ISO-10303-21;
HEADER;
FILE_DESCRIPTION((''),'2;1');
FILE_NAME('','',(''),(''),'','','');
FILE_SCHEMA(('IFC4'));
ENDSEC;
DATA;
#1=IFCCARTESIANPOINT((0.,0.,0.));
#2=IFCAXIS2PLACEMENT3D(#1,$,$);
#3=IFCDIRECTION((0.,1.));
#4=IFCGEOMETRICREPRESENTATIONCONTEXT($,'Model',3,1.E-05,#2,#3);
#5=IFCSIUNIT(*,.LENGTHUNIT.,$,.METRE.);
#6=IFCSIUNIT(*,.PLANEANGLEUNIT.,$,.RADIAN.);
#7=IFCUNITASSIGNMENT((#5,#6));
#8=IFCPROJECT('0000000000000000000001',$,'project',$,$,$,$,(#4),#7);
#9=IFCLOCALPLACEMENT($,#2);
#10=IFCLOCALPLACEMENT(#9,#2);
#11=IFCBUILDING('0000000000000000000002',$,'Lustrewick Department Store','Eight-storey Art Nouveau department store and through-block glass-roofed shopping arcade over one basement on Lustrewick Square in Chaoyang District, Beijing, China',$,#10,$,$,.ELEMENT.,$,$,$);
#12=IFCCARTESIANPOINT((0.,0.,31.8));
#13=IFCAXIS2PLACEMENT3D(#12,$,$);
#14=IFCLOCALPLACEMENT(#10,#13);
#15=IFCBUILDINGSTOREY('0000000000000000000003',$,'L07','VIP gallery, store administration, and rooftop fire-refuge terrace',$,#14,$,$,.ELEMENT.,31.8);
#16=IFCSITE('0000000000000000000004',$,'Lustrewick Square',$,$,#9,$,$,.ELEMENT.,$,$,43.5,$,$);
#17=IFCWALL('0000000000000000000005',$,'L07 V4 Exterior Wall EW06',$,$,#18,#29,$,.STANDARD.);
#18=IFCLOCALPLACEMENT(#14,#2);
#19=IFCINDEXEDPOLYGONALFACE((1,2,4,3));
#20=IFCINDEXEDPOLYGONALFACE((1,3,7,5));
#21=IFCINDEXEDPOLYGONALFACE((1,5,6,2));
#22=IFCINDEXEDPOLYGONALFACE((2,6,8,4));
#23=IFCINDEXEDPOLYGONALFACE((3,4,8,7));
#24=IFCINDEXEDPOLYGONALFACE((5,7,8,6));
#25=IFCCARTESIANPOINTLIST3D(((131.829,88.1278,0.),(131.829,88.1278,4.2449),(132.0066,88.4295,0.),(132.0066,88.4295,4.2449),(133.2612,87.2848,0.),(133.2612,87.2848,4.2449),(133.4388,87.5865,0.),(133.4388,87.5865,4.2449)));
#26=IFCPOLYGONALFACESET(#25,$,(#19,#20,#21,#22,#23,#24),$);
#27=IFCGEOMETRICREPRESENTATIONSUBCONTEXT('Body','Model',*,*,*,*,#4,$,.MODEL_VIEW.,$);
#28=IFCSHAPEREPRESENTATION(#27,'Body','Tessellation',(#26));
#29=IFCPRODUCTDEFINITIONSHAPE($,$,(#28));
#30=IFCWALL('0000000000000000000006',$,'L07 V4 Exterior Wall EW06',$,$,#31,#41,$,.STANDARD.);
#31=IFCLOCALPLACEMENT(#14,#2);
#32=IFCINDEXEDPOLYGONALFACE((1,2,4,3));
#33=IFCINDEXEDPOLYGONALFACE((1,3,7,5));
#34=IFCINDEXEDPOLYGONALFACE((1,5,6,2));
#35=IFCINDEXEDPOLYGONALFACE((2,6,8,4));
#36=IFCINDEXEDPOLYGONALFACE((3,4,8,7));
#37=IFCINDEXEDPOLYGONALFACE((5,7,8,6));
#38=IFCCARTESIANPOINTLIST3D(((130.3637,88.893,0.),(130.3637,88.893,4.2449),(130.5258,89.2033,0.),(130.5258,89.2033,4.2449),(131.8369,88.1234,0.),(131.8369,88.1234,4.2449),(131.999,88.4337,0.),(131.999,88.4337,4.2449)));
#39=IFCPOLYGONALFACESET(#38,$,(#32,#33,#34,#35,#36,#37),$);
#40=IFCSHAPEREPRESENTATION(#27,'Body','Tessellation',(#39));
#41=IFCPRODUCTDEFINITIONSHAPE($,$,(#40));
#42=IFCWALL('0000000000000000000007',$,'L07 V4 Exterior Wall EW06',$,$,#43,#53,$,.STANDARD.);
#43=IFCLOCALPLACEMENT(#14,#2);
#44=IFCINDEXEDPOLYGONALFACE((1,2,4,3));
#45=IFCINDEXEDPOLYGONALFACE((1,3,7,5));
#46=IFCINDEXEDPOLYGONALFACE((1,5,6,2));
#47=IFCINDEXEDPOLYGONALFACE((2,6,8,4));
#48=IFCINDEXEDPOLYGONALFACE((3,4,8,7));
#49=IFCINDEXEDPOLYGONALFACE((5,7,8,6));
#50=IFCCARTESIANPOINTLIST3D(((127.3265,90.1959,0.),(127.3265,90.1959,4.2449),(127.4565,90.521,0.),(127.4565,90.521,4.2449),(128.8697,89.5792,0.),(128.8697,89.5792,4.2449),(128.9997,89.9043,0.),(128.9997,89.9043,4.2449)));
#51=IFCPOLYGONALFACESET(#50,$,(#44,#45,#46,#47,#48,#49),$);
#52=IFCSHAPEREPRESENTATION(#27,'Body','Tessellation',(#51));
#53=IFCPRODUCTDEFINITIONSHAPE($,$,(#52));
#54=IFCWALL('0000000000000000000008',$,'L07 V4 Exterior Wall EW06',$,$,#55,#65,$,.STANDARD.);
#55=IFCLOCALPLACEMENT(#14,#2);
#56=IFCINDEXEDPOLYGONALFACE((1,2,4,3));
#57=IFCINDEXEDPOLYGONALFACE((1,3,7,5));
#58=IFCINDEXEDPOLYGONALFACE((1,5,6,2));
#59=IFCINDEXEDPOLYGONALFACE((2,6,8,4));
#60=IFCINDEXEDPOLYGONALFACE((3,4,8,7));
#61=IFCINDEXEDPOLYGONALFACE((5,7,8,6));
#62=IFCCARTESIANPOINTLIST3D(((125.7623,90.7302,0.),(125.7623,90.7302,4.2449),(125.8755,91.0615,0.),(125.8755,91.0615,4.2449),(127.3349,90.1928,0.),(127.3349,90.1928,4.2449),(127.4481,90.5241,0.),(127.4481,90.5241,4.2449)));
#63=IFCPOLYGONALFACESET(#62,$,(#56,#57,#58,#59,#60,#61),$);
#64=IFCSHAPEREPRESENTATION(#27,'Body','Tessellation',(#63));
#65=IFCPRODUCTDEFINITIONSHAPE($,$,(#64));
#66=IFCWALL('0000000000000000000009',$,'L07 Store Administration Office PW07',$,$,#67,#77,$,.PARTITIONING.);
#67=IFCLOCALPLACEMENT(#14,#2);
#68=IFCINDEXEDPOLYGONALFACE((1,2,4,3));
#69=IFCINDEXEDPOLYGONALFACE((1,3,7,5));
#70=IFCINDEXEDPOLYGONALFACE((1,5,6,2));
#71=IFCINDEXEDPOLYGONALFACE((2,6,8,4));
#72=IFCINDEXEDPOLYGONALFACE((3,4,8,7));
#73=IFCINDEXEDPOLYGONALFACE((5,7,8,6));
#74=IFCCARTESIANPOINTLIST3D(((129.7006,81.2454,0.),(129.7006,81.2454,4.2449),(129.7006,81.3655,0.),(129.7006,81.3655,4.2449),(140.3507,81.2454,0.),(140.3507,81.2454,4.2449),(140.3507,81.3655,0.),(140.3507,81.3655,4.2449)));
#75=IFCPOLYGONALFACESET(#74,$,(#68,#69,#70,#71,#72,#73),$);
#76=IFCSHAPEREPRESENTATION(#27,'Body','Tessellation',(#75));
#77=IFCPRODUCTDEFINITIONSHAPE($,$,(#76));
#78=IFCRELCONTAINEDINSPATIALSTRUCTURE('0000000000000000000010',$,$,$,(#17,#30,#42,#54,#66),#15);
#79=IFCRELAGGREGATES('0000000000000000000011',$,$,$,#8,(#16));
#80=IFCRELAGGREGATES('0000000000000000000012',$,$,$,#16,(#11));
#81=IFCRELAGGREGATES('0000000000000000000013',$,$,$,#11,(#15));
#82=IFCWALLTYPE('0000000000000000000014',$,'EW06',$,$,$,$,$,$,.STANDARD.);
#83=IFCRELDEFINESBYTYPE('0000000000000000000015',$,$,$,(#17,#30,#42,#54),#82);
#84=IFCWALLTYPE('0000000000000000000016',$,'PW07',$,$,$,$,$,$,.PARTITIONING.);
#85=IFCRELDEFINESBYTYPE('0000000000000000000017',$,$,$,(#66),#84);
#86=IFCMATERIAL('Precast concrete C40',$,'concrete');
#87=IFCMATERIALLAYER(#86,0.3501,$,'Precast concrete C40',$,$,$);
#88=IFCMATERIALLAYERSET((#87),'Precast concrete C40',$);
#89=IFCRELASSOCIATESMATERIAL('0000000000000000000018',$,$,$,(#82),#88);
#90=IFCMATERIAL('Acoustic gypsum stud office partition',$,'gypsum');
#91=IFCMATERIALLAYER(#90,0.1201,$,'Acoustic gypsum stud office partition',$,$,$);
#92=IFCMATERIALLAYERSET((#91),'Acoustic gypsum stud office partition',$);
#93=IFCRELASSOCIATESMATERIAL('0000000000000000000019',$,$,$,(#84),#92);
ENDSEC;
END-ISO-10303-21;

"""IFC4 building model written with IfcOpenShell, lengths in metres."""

from ifc_helpers import new_model, si_unit, direction, frame, frame_2d, origin, place, context, subcontext, project, spatial, rectangle, extrude, material, layer, layer_set, type_object, element, save


model = new_model("IFC4")

# Units and contexts
model_context = context("Model", 3, precision=1e-05, world=origin(), true_north=direction((0.0, 1.0)))
body_context = subcontext(model_context, "Body", "Model", "MODEL_VIEW")
ifc_project = project(units=[si_unit("LENGTHUNIT", "METRE"), si_unit("PLANEANGLEUNIT", "RADIAN")], contexts=[model_context])

# Site, building, storey
site_placement = place(None, origin())
site = spatial("IfcSite", under=ifc_project, at=site_placement, Name="Lustrewick Square", CompositionType="ELEMENT", RefElevation=43.5)
building_placement = place(site_placement, origin())
building = spatial("IfcBuilding", under=site, at=building_placement, Name="Lustrewick Department Store", Description="Eight-storey Art Nouveau department store and through-block glass-roofed shopping arcade over one basement on Lustrewick Square in Chaoyang District, Beijing, China", CompositionType="ELEMENT")
storey_placement = place(building_placement, frame((0.0, 0.0, 31.8)))
storey = spatial("IfcBuildingStorey", under=building, at=storey_placement, Name="L07", Description="VIP gallery, store administration, and rooftop fire-refuge terrace", CompositionType="ELEMENT", Elevation=31.8)

# Walls
ifc_material_1 = material(Name="Precast concrete C40", Category="concrete")
ifc_layer_1 = layer(ifc_material_1, 0.3501, Name="Precast concrete C40")
ifc_layer_set_1 = layer_set([ifc_layer_1], Name="Precast concrete C40")
wall_type_1 = type_object("IfcWallType", Name="EW06", PredefinedType="STANDARD", material=ifc_layer_set_1)
wall_1_placement = place(storey_placement, frame((133.3501, 87.4355, 0.0), z_axis=(0.0, 0.0, 1.0), x_axis=(-0.861779, 0.507283, 0.0)))
element("IfcWall", 1, at=wall_1_placement, inside=storey, type_object=wall_type_1, Name="L07 V4 Exterior Wall EW06", PredefinedType="STANDARD", context=body_context, shape_type="SweptSolid", body=[
    extrude(rectangle(XDim=1.6619, YDim=0.3501, at=frame_2d((0.8311, 0.0))), origin(), (0.0, 0.0, 1.0), 4.2449),
])
wall_2_placement = place(storey_placement, frame((131.918, 88.2786, 0.0), z_axis=(0.0, 0.0, 1.0), x_axis=(-0.886354, 0.463008, 0.0)))
element("IfcWall", 2, at=wall_2_placement, inside=storey, type_object=wall_type_1, Name="L07 V4 Exterior Wall EW06", PredefinedType="STANDARD", context=body_context, shape_type="SweptSolid", body=[
    extrude(rectangle(XDim=1.6621, YDim=0.3501, at=frame_2d((0.8311, 0.0))), origin(), (0.0, 0.0, 1.0), 4.2449),
])
for number, where, z_axis, x_axis, name in (
    (3, (128.9348, 89.7417, 0.0), (0.0, 0.0, 1.0), (-0.928598, 0.371087, 0.0), "L07 V4 Exterior Wall EW06"),
    (4, (127.3916, 90.3584, 0.0), (0.0, 0.0, 1.0), (-0.946276, 0.323359, 0.0), "L07 V4 Exterior Wall EW06"),
):
    element("IfcWall", number, at=place(storey_placement, frame(where, z_axis=z_axis, x_axis=x_axis)), inside=storey, type_object=wall_type_1, Name=name, PredefinedType="STANDARD", context=body_context, shape_type="SweptSolid", body=[
        extrude(rectangle(XDim=1.6619, YDim=0.3501, at=frame_2d((0.8311, 0.0))), origin(), (0.0, 0.0, 1.0), 4.2449),
    ])
ifc_material_2 = material(Name="Acoustic gypsum stud office partition", Category="gypsum")
ifc_layer_2 = layer(ifc_material_2, 0.1201, Name="Acoustic gypsum stud office partition")
ifc_layer_set_2 = layer_set([ifc_layer_2], Name="Acoustic gypsum stud office partition")
wall_type_2 = type_object("IfcWallType", Name="PW07", PredefinedType="PARTITIONING", material=ifc_layer_set_2)
wall_3_placement = place(storey_placement, frame((129.7004, 81.3054, 0.0), z_axis=(0.0, 0.0, 1.0), x_axis=(1.0, 0.0, 0.0)))
element("IfcWall", 5, at=wall_3_placement, inside=storey, type_object=wall_type_2, Name="L07 Store Administration Office PW07", PredefinedType="PARTITIONING", context=body_context, shape_type="SweptSolid", body=[
    extrude(rectangle(XDim=10.6501, YDim=0.1201, at=frame_2d((5.3252, 0.0))), origin(), (0.0, 0.0, 1.0), 4.2449),
])

save(model, "model.ifc")
